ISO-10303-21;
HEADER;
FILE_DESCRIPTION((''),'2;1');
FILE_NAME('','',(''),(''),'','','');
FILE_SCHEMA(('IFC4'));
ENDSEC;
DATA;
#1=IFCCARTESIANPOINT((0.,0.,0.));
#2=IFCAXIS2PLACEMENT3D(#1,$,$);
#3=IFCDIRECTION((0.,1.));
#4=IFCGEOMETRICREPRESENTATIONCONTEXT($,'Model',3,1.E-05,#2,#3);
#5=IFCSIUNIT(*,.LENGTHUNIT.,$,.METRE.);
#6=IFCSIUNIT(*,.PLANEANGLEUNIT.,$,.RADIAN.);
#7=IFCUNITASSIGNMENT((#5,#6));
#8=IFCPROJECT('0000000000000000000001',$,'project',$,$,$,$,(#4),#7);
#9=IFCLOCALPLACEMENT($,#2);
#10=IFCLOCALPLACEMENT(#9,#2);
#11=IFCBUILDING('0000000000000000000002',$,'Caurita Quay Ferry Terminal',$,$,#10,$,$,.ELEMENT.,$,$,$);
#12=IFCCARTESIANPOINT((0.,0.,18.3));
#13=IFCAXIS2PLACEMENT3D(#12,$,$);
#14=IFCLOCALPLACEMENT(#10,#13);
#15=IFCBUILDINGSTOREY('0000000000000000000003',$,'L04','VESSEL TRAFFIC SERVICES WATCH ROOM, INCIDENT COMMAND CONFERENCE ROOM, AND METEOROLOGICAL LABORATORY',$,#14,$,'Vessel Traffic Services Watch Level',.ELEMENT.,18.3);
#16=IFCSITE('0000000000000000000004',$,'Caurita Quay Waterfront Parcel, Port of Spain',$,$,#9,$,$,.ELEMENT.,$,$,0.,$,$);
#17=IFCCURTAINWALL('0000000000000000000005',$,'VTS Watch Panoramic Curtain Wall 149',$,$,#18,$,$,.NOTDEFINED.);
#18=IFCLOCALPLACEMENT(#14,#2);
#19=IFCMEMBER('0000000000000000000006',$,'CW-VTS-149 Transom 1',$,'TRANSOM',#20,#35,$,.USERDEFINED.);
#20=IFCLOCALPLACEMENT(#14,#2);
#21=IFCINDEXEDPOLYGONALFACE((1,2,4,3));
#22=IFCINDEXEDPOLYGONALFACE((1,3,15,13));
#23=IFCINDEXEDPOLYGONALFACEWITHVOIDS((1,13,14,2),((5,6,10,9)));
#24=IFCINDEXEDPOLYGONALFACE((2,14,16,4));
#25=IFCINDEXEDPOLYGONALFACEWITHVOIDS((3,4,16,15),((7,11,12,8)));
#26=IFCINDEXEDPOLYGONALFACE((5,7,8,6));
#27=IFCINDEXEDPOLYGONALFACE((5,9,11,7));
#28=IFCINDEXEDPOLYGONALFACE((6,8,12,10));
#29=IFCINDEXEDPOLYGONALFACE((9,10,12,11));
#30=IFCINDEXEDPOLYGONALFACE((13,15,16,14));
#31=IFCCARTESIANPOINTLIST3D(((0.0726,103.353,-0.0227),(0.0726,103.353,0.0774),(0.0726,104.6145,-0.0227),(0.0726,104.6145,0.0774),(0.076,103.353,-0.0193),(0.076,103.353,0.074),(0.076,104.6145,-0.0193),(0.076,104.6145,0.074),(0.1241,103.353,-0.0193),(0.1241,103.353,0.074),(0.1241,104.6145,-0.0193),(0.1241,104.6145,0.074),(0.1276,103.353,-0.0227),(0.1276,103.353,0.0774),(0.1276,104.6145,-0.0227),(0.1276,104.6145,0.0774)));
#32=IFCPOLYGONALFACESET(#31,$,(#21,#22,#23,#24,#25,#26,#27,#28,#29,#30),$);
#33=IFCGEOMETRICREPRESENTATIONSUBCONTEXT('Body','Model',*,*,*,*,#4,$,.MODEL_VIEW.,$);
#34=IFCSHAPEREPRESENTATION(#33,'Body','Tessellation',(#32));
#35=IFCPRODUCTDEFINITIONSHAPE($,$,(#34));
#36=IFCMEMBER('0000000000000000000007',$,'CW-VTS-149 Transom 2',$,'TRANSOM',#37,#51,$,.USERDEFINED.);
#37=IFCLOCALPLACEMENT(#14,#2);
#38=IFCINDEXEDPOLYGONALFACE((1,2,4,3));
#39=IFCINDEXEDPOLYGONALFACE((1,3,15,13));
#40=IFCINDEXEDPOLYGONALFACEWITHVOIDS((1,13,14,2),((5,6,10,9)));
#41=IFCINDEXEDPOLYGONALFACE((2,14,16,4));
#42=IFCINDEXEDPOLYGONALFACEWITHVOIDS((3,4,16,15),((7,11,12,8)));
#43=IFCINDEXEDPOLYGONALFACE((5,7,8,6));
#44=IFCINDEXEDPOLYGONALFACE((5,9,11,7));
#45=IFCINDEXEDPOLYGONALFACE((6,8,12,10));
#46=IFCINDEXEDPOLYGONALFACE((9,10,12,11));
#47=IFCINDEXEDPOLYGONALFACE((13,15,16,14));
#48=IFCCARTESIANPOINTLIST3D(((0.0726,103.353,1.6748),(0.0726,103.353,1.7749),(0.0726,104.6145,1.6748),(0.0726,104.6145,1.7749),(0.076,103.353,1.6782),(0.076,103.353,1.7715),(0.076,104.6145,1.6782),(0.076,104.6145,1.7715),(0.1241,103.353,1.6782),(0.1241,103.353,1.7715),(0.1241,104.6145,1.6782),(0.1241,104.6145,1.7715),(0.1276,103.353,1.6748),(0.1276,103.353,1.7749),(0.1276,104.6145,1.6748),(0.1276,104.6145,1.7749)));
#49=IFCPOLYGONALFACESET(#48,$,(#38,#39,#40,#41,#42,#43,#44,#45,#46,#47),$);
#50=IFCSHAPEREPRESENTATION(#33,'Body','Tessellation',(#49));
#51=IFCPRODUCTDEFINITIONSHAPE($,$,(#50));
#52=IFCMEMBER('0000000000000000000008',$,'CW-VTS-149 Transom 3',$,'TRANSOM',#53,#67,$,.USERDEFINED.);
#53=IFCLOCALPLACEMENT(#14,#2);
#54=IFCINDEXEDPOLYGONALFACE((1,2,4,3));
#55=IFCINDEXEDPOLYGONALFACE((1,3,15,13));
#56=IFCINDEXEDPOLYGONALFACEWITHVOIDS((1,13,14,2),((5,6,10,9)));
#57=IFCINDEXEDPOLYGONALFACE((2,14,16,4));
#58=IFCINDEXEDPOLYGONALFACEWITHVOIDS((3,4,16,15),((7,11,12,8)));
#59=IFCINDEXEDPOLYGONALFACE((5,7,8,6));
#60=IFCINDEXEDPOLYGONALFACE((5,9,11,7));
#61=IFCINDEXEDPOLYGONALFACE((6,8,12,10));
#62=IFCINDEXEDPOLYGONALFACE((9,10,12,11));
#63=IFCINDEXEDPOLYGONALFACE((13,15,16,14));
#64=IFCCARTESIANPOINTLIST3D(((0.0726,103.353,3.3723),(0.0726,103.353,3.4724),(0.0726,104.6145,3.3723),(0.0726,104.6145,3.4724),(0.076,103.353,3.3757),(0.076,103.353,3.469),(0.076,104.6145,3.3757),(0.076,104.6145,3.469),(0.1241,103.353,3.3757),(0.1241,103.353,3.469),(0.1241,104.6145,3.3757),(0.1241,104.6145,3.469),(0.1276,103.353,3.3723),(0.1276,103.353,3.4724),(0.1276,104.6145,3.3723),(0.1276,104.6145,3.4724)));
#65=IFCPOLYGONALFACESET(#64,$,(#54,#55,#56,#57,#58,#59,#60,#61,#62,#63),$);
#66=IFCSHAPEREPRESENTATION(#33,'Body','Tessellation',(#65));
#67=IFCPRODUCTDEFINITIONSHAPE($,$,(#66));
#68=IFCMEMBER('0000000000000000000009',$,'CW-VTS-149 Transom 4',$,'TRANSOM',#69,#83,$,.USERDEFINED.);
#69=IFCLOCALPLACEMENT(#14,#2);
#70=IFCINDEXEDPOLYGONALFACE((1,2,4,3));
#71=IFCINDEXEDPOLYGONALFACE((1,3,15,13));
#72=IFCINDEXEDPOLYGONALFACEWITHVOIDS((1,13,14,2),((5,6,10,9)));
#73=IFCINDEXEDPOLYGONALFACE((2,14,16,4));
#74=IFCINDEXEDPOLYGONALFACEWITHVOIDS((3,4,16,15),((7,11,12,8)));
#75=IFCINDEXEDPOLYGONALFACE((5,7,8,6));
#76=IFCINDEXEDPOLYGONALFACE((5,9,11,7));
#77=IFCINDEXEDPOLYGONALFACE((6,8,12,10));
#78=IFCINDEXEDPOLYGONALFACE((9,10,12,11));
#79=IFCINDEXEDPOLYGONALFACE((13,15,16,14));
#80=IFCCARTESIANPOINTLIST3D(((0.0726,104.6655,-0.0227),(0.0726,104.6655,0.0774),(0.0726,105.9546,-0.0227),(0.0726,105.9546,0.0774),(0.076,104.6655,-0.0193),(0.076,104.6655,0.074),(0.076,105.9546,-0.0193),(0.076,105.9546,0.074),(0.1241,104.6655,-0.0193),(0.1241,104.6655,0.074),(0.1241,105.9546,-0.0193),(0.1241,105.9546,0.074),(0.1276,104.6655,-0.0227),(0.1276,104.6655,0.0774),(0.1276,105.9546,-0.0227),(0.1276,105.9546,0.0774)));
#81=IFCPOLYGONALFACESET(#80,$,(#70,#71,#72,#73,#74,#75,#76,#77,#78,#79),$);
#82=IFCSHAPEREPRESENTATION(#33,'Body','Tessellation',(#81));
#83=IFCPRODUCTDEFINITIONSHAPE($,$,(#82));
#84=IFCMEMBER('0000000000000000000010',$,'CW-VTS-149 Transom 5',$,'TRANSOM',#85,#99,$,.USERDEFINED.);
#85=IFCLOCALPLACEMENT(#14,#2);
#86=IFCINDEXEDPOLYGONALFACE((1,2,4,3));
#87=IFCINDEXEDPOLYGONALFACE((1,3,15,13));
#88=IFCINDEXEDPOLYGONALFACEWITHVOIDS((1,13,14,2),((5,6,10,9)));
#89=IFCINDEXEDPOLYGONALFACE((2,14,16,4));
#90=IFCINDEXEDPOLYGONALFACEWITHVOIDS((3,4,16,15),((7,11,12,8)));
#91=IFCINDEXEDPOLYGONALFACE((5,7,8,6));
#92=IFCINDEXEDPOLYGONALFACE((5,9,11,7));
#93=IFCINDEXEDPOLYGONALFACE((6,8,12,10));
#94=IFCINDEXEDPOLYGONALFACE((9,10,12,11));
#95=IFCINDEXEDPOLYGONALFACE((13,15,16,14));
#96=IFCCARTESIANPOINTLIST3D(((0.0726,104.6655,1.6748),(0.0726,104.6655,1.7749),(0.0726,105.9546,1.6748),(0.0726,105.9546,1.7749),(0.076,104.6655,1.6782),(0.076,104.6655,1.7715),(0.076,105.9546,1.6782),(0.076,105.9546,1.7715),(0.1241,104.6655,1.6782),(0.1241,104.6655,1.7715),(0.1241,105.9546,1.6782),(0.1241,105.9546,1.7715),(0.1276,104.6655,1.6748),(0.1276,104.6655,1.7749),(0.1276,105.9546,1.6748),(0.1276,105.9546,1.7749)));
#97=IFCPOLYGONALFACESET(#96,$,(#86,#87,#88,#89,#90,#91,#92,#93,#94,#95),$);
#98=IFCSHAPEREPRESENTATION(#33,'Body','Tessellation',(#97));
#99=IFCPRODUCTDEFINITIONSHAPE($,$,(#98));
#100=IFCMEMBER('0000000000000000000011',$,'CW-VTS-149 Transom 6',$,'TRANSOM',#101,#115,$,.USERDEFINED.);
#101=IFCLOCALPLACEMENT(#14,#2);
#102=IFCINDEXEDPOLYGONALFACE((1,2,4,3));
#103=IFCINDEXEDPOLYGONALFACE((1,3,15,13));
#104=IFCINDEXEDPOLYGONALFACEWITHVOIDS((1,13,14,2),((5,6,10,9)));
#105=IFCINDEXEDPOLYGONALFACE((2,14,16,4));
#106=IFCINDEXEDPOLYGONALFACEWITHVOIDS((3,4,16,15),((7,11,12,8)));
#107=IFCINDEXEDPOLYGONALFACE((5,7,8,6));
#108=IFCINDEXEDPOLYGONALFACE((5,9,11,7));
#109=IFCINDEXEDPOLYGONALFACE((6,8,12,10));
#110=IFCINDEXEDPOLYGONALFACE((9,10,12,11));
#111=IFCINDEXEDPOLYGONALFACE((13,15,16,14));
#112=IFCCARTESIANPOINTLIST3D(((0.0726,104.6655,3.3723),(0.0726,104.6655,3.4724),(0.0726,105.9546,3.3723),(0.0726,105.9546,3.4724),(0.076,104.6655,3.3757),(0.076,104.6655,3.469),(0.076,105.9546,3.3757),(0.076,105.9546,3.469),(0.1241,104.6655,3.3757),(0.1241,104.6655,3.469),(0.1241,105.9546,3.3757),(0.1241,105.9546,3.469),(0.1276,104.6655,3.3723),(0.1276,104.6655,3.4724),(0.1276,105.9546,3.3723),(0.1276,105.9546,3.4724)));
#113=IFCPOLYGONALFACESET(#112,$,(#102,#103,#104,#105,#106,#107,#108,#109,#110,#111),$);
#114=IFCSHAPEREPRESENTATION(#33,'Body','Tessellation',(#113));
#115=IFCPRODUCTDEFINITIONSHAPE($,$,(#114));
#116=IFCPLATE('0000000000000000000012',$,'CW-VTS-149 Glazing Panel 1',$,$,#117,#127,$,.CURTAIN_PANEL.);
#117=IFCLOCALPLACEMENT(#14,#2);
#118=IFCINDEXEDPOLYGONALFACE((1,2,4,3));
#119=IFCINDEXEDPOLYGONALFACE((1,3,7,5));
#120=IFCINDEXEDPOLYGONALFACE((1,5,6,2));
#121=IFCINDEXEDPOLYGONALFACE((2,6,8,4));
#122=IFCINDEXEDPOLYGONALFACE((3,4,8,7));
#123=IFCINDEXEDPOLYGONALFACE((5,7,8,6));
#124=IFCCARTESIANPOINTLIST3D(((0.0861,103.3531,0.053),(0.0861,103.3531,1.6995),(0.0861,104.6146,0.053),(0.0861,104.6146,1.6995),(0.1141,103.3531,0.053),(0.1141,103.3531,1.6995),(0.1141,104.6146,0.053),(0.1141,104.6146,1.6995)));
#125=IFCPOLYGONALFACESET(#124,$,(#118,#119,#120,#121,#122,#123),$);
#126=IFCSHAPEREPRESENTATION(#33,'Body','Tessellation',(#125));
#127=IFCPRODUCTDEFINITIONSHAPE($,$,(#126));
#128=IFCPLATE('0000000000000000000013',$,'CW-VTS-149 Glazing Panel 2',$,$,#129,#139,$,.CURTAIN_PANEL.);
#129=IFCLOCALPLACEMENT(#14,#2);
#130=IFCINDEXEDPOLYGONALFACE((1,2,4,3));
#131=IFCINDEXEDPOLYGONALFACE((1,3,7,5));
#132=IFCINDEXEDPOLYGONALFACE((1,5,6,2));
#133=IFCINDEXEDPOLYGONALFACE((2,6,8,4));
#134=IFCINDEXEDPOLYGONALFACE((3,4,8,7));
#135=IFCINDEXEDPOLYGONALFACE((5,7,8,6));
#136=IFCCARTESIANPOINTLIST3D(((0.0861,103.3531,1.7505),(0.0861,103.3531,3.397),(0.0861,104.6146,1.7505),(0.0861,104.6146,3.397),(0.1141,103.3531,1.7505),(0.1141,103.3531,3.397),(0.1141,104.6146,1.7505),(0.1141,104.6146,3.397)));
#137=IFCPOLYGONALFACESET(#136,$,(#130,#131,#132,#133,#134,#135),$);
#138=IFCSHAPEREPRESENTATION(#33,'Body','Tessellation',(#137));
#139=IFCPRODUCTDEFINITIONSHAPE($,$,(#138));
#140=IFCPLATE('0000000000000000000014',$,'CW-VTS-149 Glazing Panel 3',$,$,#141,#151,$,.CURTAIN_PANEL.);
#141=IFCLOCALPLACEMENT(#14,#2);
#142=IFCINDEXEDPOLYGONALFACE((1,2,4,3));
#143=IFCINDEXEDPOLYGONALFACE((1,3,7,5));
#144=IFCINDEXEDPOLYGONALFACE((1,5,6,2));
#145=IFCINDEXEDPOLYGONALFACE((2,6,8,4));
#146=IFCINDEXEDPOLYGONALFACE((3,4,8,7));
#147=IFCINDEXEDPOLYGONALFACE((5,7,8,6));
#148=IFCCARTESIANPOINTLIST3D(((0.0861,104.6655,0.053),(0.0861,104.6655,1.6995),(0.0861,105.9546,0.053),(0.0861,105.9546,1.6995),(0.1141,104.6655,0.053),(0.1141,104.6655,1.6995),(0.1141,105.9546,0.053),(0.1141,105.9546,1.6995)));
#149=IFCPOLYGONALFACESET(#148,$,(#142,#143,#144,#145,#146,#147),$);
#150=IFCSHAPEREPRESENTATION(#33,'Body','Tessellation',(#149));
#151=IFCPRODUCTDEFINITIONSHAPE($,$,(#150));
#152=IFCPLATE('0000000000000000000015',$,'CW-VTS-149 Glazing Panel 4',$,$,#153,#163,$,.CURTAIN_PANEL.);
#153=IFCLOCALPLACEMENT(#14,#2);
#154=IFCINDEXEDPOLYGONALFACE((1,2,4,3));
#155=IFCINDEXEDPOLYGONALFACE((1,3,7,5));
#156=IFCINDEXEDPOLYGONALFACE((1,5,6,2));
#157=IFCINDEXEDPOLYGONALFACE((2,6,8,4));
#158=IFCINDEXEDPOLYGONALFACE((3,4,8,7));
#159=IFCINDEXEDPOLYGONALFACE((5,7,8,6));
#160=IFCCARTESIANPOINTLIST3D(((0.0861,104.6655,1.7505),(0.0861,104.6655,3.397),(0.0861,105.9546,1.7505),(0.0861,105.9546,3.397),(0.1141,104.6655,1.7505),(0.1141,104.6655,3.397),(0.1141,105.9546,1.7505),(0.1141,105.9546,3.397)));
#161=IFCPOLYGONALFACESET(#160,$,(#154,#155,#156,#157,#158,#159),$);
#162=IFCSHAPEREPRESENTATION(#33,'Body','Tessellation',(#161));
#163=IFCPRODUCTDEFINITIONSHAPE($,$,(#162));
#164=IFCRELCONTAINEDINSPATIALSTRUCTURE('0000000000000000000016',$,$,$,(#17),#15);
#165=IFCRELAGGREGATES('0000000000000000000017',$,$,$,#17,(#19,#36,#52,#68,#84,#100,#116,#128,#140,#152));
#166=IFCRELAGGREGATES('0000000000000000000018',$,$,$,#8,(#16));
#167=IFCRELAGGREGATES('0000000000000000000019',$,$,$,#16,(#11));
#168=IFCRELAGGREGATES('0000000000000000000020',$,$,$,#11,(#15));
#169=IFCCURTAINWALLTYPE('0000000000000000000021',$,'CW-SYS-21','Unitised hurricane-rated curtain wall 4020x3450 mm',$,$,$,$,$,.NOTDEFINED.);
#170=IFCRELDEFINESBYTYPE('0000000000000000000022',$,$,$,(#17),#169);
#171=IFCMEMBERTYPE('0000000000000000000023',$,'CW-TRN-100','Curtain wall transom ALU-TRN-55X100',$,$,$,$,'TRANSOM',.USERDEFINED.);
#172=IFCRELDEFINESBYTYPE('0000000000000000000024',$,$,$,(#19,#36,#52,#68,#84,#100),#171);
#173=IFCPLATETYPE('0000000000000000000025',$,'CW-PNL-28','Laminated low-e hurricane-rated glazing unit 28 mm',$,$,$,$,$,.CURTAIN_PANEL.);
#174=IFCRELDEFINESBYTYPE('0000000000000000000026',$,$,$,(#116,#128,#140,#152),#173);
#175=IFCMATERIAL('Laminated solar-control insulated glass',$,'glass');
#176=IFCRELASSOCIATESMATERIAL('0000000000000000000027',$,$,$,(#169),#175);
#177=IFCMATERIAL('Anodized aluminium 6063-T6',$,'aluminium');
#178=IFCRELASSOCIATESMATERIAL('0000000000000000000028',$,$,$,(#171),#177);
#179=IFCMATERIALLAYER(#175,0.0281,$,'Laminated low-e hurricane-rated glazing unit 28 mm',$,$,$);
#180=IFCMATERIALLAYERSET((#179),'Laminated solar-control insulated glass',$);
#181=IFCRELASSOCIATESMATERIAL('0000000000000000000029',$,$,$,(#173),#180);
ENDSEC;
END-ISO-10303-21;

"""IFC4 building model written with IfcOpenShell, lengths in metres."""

from ifc_helpers import new_model, si_unit, direction, frame, origin, origin_2d, place, context, subcontext, project, spatial, rectangle, hollow_rectangle, extrude, material, layer, layer_set, material_profile, profile_set, type_object, element, aggregate, save


model = new_model("IFC4")

# Units and contexts
model_context = context("Model", 3, precision=1e-05, world=origin(), true_north=direction((0.0, 1.0)))
body_context = subcontext(model_context, "Body", "Model", "MODEL_VIEW")
ifc_project = project(units=[si_unit("LENGTHUNIT", "METRE"), si_unit("PLANEANGLEUNIT", "RADIAN")], contexts=[model_context])

# Site, building, storey
site_placement = place(None, origin())
site = spatial("IfcSite", under=ifc_project, at=site_placement, Name="Caurita Quay Waterfront Parcel, Port of Spain", CompositionType="ELEMENT", RefElevation=0.0)
building_placement = place(site_placement, origin())
building = spatial("IfcBuilding", under=site, at=building_placement, Name="Caurita Quay Ferry Terminal", CompositionType="ELEMENT")
storey_placement = place(building_placement, frame((0.0, 0.0, 18.3)))
storey = spatial("IfcBuildingStorey", under=building, at=storey_placement, Name="L04", Description="VESSEL TRAFFIC SERVICES WATCH ROOM, INCIDENT COMMAND CONFERENCE ROOM, AND METEOROLOGICAL LABORATORY", LongName="Vessel Traffic Services Watch Level", CompositionType="ELEMENT", Elevation=18.3)

# Curtain wall, members, plates
ifc_material_1 = material(Name="Laminated solar-control insulated glass", Category="glass")
curtain_wall_type = type_object("IfcCurtainWallType", Name="CW-SYS-21", Description="Unitised hurricane-rated curtain wall 4020x3450 mm", PredefinedType="NOTDEFINED", material=ifc_material_1)
curtain_wall_placement = place(storey_placement, origin())
curtain_wall = element("IfcCurtainWall", 1, at=curtain_wall_placement, inside=storey, type_object=curtain_wall_type, Name="VTS Watch Panoramic Curtain Wall 149", PredefinedType="NOTDEFINED")
ifc_material_2 = material(Name="Anodized aluminium 6063-T6", Category="aluminium")
ifc_material_profile_1 = material_profile(ifc_material_2, hollow_rectangle(XDim=0.0549, YDim=0.1001, WallThickness=0.0034, at=origin_2d()), Name="ALU-TRN-55X100")
ifc_profile_set_1 = profile_set([ifc_material_profile_1], Name="Anodized aluminium 6063-T6")
member_type_1 = type_object("IfcMemberType", Name="CW-TRN-100", Description="Curtain wall transom ALU-TRN-55X100", ElementType="TRANSOM", PredefinedType="USERDEFINED", material=ifc_profile_set_1)
member_1_placement = place(storey_placement, frame((0.1001, 103.353, 0.0273), z_axis=(0.0, 1.0, 0.0), x_axis=(-1.0, 0.0, 0.0)))
member_1 = element("IfcMember", 2, at=member_1_placement, type_object=member_type_1, Name="CW-VTS-149 Transom 1", ObjectType="TRANSOM", PredefinedType="USERDEFINED", context=body_context, shape_type="SweptSolid", body=[
    extrude(hollow_rectangle(XDim=0.0549, YDim=0.1001, WallThickness=0.0034, at=origin_2d()), origin(), (0.0, 0.0, 1.0), 1.2615),
])
member_2_placement = place(storey_placement, frame((0.1001, 103.353, 1.7249), z_axis=(0.0, 1.0, 0.0), x_axis=(-1.0, 0.0, 0.0)))
member_2 = element("IfcMember", 3, at=member_2_placement, type_object=member_type_1, Name="CW-VTS-149 Transom 2", ObjectType="TRANSOM", PredefinedType="USERDEFINED", context=body_context, shape_type="SweptSolid", body=[
    extrude(hollow_rectangle(XDim=0.0549, YDim=0.1001, WallThickness=0.0034, at=origin_2d()), origin(), (0.0, 0.0, 1.0), 1.2615),
])
member_3_placement = place(storey_placement, frame((0.1001, 103.353, 3.4224), z_axis=(0.0, 1.0, 0.0), x_axis=(-1.0, 0.0, 0.0)))
member_3 = element("IfcMember", 4, at=member_3_placement, type_object=member_type_1, Name="CW-VTS-149 Transom 3", ObjectType="TRANSOM", PredefinedType="USERDEFINED", context=body_context, shape_type="SweptSolid", body=[
    extrude(hollow_rectangle(XDim=0.0549, YDim=0.1001, WallThickness=0.0034, at=origin_2d()), origin(), (0.0, 0.0, 1.0), 1.2615),
])
member_4_placement = place(storey_placement, frame((0.1001, 104.6655, 0.0273), z_axis=(0.0, 1.0, 0.0), x_axis=(-1.0, 0.0, 0.0)))
member_4 = element("IfcMember", 5, at=member_4_placement, type_object=member_type_1, Name="CW-VTS-149 Transom 4", ObjectType="TRANSOM", PredefinedType="USERDEFINED", context=body_context, shape_type="SweptSolid", body=[
    extrude(hollow_rectangle(XDim=0.0549, YDim=0.1001, WallThickness=0.0034, at=origin_2d()), origin(), (0.0, 0.0, 1.0), 1.2891),
])
member_5_placement = place(storey_placement, frame((0.1001, 104.6655, 1.7249), z_axis=(0.0, 1.0, 0.0), x_axis=(-1.0, 0.0, 0.0)))
member_5 = element("IfcMember", 6, at=member_5_placement, type_object=member_type_1, Name="CW-VTS-149 Transom 5", ObjectType="TRANSOM", PredefinedType="USERDEFINED", context=body_context, shape_type="SweptSolid", body=[
    extrude(hollow_rectangle(XDim=0.0549, YDim=0.1001, WallThickness=0.0034, at=origin_2d()), origin(), (0.0, 0.0, 1.0), 1.2891),
])
member_6_placement = place(storey_placement, frame((0.1001, 104.6655, 3.4224), z_axis=(0.0, 1.0, 0.0), x_axis=(-1.0, 0.0, 0.0)))
member_6 = element("IfcMember", 7, at=member_6_placement, type_object=member_type_1, Name="CW-VTS-149 Transom 6", ObjectType="TRANSOM", PredefinedType="USERDEFINED", context=body_context, shape_type="SweptSolid", body=[
    extrude(hollow_rectangle(XDim=0.0549, YDim=0.1001, WallThickness=0.0034, at=origin_2d()), origin(), (0.0, 0.0, 1.0), 1.2891),
])
ifc_layer_1 = layer(ifc_material_1, 0.0281, Name="Laminated low-e hurricane-rated glazing unit 28 mm")
ifc_layer_set_1 = layer_set([ifc_layer_1], Name="Laminated solar-control insulated glass")
plate_type = type_object("IfcPlateType", Name="CW-PNL-28", Description="Laminated low-e hurricane-rated glazing unit 28 mm", PredefinedType="CURTAIN_PANEL", material=ifc_layer_set_1)
plate_1_placement = place(storey_placement, frame((0.1001, 103.9839, 0.053), z_axis=(0.0, 0.0, 1.0), x_axis=(0.0, 1.0, 0.0)))
plate_1 = element("IfcPlate", 8, at=plate_1_placement, type_object=plate_type, Name="CW-VTS-149 Glazing Panel 1", PredefinedType="CURTAIN_PANEL", context=body_context, shape_type="SweptSolid", body=[
    extrude(rectangle(XDim=1.2615, YDim=0.0281, at=origin_2d()), origin(), (0.0, 0.0, 1.0), 1.6465),
])
plate_2_placement = place(storey_placement, frame((0.1001, 103.9839, 1.7505), z_axis=(0.0, 0.0, 1.0), x_axis=(0.0, 1.0, 0.0)))
plate_2 = element("IfcPlate", 9, at=plate_2_placement, type_object=plate_type, Name="CW-VTS-149 Glazing Panel 2", PredefinedType="CURTAIN_PANEL", context=body_context, shape_type="SweptSolid", body=[
    extrude(rectangle(XDim=1.2615, YDim=0.0281, at=origin_2d()), origin(), (0.0, 0.0, 1.0), 1.6465),
])
plate_3_placement = place(storey_placement, frame((0.1001, 105.3101, 0.053), z_axis=(0.0, 0.0, 1.0), x_axis=(0.0, 1.0, 0.0)))
plate_3 = element("IfcPlate", 10, at=plate_3_placement, type_object=plate_type, Name="CW-VTS-149 Glazing Panel 3", PredefinedType="CURTAIN_PANEL", context=body_context, shape_type="SweptSolid", body=[
    extrude(rectangle(XDim=1.2891, YDim=0.0281, at=origin_2d()), origin(), (0.0, 0.0, 1.0), 1.6465),
])
plate_4_placement = place(storey_placement, frame((0.1001, 105.3101, 1.7505), z_axis=(0.0, 0.0, 1.0), x_axis=(0.0, 1.0, 0.0)))
plate_4 = element("IfcPlate", 11, at=plate_4_placement, type_object=plate_type, Name="CW-VTS-149 Glazing Panel 4", PredefinedType="CURTAIN_PANEL", context=body_context, shape_type="SweptSolid", body=[
    extrude(rectangle(XDim=1.2891, YDim=0.0281, at=origin_2d()), origin(), (0.0, 0.0, 1.0), 1.6465),
])
aggregate(curtain_wall, [member_1, member_2, member_3, member_4, member_5, member_6, plate_1, plate_2, plate_3, plate_4])

save(model, "model.ifc")
